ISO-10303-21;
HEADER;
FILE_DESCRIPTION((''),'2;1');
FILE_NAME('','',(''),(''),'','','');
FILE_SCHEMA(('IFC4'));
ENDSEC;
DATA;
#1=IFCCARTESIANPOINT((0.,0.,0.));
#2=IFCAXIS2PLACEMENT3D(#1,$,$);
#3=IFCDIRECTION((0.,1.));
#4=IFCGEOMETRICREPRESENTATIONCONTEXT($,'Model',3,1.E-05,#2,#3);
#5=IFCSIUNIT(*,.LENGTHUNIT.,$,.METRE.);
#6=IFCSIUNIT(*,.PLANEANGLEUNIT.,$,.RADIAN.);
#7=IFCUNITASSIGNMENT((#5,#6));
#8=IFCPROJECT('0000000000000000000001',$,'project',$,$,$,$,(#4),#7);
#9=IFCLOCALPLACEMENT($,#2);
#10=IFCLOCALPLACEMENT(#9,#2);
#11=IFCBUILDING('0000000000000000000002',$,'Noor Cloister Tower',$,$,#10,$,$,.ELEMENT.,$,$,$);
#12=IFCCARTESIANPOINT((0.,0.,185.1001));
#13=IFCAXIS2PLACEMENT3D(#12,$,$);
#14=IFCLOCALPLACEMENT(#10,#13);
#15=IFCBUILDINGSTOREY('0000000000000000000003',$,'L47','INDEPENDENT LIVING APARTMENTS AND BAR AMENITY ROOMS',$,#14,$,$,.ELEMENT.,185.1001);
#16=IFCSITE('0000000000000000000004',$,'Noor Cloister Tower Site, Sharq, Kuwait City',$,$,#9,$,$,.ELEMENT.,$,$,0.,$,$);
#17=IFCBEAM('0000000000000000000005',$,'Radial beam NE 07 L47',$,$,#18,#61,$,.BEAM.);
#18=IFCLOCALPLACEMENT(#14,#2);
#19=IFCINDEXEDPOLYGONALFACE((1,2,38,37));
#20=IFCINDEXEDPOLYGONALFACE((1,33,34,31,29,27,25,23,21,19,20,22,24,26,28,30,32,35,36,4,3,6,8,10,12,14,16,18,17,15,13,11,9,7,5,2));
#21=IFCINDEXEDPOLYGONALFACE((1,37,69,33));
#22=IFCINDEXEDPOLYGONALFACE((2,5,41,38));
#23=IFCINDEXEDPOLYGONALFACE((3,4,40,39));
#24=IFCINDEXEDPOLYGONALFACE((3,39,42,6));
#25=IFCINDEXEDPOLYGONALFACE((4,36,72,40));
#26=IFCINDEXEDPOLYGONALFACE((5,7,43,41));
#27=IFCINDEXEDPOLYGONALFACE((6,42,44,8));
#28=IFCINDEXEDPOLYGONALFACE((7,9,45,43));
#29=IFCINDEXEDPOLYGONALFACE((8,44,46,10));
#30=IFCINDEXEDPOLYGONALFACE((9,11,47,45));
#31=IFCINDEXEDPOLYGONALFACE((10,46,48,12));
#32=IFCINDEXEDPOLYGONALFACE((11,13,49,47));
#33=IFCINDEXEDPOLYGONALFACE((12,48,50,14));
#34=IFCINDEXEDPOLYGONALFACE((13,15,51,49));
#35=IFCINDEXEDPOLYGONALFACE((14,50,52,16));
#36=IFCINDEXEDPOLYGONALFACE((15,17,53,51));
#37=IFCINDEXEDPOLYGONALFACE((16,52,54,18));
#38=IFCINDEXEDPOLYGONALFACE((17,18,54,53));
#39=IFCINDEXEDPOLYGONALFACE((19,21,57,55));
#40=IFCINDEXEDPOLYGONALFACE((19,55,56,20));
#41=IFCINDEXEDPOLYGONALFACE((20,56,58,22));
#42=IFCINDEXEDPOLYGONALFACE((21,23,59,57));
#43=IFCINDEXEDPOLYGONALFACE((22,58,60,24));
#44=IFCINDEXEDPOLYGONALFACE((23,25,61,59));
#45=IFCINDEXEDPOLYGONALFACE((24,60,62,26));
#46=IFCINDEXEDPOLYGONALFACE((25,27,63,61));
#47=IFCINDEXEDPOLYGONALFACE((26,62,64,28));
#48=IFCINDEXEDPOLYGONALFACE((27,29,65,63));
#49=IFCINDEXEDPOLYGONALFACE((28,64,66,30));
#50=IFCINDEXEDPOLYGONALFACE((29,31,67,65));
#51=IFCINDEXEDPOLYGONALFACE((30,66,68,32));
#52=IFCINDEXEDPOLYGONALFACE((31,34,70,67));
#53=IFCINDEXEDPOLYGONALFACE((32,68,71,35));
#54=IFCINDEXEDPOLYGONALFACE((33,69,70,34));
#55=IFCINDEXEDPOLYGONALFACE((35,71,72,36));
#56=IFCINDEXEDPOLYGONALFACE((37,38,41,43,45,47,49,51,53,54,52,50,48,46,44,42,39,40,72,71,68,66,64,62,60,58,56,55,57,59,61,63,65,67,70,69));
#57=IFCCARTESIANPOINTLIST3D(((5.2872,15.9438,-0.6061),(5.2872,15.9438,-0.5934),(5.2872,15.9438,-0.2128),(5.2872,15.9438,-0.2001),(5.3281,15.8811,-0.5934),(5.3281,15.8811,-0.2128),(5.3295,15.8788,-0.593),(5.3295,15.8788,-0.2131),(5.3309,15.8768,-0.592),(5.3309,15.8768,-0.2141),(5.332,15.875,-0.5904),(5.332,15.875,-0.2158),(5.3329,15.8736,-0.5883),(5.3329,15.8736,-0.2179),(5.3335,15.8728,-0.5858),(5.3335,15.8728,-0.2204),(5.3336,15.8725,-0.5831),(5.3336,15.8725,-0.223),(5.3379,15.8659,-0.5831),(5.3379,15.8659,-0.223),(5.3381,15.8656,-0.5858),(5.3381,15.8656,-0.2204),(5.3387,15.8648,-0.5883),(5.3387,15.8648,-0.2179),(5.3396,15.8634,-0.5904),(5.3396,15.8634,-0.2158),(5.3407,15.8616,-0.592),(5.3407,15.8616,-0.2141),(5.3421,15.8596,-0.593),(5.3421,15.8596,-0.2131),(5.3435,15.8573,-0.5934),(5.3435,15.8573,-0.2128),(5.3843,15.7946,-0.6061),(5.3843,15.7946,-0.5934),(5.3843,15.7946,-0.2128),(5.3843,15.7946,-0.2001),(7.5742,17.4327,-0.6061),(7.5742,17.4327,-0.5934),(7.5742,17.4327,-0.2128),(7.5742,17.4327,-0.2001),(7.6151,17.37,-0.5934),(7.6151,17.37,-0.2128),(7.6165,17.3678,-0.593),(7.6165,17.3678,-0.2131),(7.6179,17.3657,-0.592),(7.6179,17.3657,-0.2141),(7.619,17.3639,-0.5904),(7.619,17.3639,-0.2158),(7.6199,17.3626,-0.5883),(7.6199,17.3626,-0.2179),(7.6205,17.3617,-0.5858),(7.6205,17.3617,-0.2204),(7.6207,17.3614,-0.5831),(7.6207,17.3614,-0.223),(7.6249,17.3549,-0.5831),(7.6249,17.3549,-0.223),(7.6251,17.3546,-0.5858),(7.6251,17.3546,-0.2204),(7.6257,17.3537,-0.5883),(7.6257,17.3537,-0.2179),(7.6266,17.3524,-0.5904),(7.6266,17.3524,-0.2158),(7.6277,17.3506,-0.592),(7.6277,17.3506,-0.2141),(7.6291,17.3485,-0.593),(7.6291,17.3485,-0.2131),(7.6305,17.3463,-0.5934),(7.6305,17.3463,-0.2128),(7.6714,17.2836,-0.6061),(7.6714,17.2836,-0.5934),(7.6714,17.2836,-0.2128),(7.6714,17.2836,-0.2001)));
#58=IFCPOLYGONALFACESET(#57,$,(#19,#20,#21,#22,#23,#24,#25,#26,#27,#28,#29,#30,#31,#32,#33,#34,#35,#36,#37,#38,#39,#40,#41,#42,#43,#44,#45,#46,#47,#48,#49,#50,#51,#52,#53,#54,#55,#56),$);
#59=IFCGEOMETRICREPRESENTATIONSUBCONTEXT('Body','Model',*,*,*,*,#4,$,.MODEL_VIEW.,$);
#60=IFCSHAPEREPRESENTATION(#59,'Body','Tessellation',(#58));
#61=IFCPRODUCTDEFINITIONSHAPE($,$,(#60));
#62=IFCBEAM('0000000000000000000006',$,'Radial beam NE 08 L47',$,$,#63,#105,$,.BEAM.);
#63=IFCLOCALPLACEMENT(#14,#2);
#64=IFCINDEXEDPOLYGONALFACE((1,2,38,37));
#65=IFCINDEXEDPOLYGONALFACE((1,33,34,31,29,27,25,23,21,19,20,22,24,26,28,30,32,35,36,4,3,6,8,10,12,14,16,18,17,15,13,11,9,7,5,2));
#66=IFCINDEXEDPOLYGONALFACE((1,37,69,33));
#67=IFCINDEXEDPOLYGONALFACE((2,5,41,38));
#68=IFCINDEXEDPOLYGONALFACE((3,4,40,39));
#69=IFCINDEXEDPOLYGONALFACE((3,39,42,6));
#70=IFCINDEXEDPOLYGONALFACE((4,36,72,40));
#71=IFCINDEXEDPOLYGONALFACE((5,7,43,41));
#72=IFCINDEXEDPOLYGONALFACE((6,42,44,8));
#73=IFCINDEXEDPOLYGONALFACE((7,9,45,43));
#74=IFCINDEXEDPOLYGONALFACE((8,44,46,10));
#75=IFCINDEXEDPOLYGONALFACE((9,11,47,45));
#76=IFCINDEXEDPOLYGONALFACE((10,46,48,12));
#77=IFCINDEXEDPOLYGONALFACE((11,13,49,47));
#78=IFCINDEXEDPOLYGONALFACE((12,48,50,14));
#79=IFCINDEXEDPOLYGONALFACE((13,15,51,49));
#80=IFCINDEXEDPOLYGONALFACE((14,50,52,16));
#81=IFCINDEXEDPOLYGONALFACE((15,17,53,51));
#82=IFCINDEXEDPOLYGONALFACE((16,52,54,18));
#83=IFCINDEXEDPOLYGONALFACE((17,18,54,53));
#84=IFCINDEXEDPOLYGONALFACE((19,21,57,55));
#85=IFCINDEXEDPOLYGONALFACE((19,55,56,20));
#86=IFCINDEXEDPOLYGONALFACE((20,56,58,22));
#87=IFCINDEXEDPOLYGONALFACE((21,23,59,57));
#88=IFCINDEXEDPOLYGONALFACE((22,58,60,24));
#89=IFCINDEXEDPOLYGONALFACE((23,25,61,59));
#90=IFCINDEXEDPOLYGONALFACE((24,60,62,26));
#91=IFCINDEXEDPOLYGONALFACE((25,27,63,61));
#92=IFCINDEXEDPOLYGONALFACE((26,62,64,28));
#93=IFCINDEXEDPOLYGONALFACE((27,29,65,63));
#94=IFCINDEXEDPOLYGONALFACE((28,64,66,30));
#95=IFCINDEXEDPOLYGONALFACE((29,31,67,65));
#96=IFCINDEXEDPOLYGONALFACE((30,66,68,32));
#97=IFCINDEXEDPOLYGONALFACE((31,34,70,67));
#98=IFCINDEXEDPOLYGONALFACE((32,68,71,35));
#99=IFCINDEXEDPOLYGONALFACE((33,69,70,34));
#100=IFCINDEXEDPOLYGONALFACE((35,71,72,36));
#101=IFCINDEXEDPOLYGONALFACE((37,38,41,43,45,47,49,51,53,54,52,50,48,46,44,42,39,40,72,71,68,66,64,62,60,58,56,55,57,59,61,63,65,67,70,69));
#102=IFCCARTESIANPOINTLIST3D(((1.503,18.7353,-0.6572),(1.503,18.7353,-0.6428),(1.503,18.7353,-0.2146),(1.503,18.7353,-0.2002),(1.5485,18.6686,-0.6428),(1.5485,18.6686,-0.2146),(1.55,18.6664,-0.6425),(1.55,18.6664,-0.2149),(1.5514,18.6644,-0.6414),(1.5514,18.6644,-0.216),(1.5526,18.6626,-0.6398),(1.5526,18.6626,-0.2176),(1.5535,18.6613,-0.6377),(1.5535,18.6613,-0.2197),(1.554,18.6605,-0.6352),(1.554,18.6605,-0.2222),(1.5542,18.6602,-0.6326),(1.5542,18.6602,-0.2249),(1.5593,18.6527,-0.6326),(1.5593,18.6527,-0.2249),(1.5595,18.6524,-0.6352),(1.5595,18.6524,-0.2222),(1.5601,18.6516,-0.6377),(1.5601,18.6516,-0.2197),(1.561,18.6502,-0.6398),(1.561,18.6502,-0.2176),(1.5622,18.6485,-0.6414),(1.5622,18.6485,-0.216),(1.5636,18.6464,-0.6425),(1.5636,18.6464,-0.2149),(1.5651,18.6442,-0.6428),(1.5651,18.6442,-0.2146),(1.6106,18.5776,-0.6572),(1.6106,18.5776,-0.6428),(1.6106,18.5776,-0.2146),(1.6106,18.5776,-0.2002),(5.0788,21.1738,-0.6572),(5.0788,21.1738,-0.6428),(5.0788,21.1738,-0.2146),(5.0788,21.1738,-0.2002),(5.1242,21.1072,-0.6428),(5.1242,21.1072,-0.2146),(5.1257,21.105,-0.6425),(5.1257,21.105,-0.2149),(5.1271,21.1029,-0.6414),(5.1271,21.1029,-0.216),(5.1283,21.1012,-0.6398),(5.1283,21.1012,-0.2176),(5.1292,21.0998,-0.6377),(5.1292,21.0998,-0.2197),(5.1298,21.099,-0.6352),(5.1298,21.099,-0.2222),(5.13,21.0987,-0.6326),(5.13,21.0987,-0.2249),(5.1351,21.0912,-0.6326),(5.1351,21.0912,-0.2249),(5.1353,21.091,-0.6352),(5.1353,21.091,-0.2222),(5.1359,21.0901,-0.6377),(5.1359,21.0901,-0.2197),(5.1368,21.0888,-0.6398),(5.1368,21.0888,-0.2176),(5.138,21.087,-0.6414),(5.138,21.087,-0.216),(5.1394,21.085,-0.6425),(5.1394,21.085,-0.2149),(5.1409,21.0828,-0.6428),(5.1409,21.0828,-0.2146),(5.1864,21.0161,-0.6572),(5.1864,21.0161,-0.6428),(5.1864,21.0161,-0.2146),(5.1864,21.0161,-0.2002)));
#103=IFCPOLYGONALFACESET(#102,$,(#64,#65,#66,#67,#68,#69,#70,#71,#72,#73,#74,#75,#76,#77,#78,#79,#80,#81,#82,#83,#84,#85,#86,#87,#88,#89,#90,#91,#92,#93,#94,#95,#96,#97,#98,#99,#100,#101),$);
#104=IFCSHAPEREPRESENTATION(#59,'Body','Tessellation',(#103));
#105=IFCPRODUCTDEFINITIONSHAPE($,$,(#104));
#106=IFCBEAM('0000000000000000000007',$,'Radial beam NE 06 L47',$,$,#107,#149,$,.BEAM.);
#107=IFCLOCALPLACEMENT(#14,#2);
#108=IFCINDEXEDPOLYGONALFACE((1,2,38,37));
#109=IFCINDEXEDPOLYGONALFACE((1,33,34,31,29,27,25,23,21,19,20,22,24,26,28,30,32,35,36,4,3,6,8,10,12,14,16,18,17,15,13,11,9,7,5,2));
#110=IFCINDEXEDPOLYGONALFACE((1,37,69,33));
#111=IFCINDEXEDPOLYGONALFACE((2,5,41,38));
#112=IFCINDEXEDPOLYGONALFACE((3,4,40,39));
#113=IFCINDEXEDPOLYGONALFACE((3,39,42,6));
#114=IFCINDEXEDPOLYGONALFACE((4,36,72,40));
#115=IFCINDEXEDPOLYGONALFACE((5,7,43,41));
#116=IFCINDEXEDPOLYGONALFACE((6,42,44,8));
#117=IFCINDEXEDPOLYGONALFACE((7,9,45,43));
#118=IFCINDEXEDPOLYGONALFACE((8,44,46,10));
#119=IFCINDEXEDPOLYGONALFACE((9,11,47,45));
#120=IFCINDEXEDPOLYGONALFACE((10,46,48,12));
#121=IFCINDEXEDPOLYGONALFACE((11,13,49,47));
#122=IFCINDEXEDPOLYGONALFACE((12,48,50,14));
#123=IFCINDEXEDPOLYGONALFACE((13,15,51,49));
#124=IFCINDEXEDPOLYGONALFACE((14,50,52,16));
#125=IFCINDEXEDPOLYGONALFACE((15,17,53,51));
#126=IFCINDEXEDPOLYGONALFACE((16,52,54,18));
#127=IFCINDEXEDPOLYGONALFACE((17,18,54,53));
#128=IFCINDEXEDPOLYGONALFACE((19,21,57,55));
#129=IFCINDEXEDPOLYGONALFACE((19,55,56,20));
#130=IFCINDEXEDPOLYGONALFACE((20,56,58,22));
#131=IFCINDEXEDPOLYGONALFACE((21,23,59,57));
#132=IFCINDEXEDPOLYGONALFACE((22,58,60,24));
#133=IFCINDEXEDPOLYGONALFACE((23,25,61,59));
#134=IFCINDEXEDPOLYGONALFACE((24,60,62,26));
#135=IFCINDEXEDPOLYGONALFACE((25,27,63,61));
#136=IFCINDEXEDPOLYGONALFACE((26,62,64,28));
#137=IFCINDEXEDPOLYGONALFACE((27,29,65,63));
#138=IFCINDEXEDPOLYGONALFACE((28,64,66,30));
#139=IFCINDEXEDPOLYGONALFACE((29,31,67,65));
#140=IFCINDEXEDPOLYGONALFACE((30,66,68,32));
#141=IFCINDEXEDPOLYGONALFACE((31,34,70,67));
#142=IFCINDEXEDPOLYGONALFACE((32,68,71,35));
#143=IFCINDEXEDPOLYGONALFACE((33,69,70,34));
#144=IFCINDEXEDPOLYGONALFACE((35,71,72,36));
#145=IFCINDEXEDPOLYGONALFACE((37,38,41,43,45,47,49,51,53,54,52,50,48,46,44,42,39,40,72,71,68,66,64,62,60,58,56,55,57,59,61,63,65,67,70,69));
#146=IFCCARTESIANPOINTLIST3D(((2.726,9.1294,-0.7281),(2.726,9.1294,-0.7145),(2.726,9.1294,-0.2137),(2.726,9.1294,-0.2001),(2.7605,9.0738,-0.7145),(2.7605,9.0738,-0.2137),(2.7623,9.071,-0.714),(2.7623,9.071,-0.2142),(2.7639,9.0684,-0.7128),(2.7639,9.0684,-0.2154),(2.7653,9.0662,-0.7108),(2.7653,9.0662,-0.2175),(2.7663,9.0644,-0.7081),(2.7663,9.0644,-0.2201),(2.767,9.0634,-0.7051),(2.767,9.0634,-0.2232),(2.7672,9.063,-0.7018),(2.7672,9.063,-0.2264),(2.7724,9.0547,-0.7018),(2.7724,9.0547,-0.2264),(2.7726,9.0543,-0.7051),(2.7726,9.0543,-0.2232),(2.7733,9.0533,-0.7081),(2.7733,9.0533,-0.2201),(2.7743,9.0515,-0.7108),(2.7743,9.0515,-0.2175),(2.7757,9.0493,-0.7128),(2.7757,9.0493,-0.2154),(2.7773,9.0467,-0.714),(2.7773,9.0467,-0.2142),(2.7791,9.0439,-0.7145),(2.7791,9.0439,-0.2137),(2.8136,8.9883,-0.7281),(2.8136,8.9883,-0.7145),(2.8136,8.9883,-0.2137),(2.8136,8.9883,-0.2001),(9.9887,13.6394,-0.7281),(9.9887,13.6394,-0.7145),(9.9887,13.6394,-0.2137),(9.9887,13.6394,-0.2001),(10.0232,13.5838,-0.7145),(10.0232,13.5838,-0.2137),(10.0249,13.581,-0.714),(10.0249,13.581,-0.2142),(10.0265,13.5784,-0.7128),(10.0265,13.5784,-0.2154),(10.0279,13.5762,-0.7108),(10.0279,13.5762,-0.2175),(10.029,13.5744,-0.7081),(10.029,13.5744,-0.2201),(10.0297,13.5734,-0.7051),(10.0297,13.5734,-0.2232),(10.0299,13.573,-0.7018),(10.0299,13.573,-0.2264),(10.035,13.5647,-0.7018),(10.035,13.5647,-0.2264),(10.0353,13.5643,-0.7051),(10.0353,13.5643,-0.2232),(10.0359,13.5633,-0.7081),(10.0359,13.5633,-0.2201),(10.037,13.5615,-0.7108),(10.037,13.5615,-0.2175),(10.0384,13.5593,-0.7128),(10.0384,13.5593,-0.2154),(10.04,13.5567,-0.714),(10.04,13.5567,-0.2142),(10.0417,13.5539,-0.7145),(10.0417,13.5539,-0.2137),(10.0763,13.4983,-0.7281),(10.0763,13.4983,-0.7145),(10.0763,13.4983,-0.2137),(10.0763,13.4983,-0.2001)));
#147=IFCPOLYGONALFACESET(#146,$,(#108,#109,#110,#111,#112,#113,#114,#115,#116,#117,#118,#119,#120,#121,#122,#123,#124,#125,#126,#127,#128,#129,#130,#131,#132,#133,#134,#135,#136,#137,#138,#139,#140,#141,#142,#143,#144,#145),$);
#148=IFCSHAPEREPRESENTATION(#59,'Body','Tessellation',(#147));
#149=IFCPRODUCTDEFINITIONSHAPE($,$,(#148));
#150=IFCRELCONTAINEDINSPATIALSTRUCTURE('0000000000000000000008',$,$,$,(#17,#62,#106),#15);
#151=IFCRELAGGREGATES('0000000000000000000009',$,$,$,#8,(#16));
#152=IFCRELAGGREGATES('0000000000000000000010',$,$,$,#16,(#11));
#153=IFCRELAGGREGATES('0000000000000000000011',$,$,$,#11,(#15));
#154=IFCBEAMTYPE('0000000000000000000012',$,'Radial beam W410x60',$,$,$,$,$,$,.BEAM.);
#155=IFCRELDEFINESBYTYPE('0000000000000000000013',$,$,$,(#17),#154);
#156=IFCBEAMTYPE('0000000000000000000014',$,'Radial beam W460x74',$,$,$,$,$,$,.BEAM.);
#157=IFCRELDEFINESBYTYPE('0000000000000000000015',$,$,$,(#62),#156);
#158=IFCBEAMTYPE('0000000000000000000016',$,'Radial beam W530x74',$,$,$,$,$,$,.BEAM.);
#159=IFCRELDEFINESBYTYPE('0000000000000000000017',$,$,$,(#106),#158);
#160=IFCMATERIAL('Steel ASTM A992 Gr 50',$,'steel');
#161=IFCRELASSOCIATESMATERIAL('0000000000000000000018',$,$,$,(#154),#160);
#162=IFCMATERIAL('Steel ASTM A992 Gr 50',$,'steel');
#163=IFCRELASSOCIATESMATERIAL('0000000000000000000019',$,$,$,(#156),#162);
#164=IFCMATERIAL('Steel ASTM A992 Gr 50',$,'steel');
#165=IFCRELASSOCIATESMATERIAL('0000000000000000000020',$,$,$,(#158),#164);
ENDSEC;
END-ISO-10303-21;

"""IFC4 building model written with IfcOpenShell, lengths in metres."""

from ifc_helpers import new_model, si_unit, direction, frame, origin, origin_2d, place, context, subcontext, project, spatial, i_section, extrude, material, material_profile, profile_set, type_object, element, save


model = new_model("IFC4")

# Units and contexts
model_context = context("Model", 3, precision=1e-05, world=origin(), true_north=direction((0.0, 1.0)))
body_context = subcontext(model_context, "Body", "Model", "MODEL_VIEW")
ifc_project = project(units=[si_unit("LENGTHUNIT", "METRE"), si_unit("PLANEANGLEUNIT", "RADIAN")], contexts=[model_context])

# Site, building, storey
site_placement = place(None, origin())
site = spatial("IfcSite", under=ifc_project, at=site_placement, Name="Noor Cloister Tower Site, Sharq, Kuwait City", CompositionType="ELEMENT", RefElevation=0.0)
building_placement = place(site_placement, origin())
building = spatial("IfcBuilding", under=site, at=building_placement, Name="Noor Cloister Tower", CompositionType="ELEMENT")
storey_placement = place(building_placement, frame((0.0, 0.0, 185.1001)))
storey = spatial("IfcBuildingStorey", under=building, at=storey_placement, Name="L47", Description="INDEPENDENT LIVING APARTMENTS AND BAR AMENITY ROOMS", CompositionType="ELEMENT", Elevation=185.1001)

# Beams
ifc_material_1 = material(Name="Steel ASTM A992 Gr 50", Category="steel")
ifc_material_profile_1 = material_profile(ifc_material_1, i_section(OverallWidth=0.178, OverallDepth=0.406, WebThickness=0.0078, FlangeThickness=0.0127, FilletRadius=0.0103, at=origin_2d()), Name="W410x60")
ifc_profile_set_1 = profile_set([ifc_material_profile_1], Name="Steel ASTM A992 Gr 50")
beam_type_1 = type_object("IfcBeamType", Name="Radial beam W410x60", PredefinedType="BEAM", material=ifc_profile_set_1)
beam_1_placement = place(storey_placement, frame((7.6228, 17.3582, -0.4031), z_axis=(-0.838043, -0.545605, 0.0), x_axis=(0.545605, -0.838043, 0.0)))
element("IfcBeam", 1, at=beam_1_placement, inside=storey, type_object=beam_type_1, Name="Radial beam NE 07 L47", PredefinedType="BEAM", context=body_context, shape_type="SweptSolid", body=[
    extrude(i_section(OverallWidth=0.178, OverallDepth=0.406, WebThickness=0.0078, FlangeThickness=0.0127, FilletRadius=0.0103, at=origin_2d()), origin(), (0.0, 0.0, 1.0), 2.729),
])
ifc_material_2 = material(Name="Steel ASTM A992 Gr 50", Category="steel")
ifc_material_profile_2 = material_profile(ifc_material_2, i_section(OverallWidth=0.1909, OverallDepth=0.457, WebThickness=0.009, FlangeThickness=0.0144, FilletRadius=0.0103, at=origin_2d()), Name="W460x74")
ifc_profile_set_2 = profile_set([ifc_material_profile_2], Name="Steel ASTM A992 Gr 50")
beam_type_2 = type_object("IfcBeamType", Name="Radial beam W460x74", PredefinedType="BEAM", material=ifc_profile_set_2)
beam_2_placement = place(storey_placement, frame((5.1326, 21.095, -0.4287), z_axis=(-0.826172, -0.563417, 0.0), x_axis=(0.563417, -0.826172, 0.0)))
element("IfcBeam", 2, at=beam_2_placement, inside=storey, type_object=beam_type_2, Name="Radial beam NE 08 L47", PredefinedType="BEAM", context=body_context, shape_type="SweptSolid", body=[
    extrude(i_section(OverallWidth=0.1909, OverallDepth=0.457, WebThickness=0.009, FlangeThickness=0.0144, FilletRadius=0.0103, at=origin_2d()), origin(), (0.0, 0.0, 1.0), 4.3281),
])
ifc_material_3 = material(Name="Steel ASTM A992 Gr 50", Category="steel")
ifc_material_profile_3 = material_profile(ifc_material_3, i_section(OverallWidth=0.166, OverallDepth=0.5281, WebThickness=0.0098, FlangeThickness=0.0137, FilletRadius=0.0127, at=origin_2d()), Name="W530x74")
ifc_profile_set_3 = profile_set([ifc_material_profile_3], Name="Steel ASTM A992 Gr 50")
beam_type_3 = type_object("IfcBeamType", Name="Radial beam W530x74", PredefinedType="BEAM", material=ifc_profile_set_3)
beam_3_placement = place(storey_placement, frame((10.0325, 13.5688, -0.4641), z_axis=(-0.849529, -0.527543, 0.0), x_axis=(0.527543, -0.849529, 0.0)))
element("IfcBeam", 3, at=beam_3_placement, inside=storey, type_object=beam_type_3, Name="Radial beam NE 06 L47", PredefinedType="BEAM", context=body_context, shape_type="SweptSolid", body=[
    extrude(i_section(OverallWidth=0.166, OverallDepth=0.5281, WebThickness=0.0098, FlangeThickness=0.0137, FilletRadius=0.0127, at=origin_2d()), origin(), (0.0, 0.0, 1.0), 8.5491),
])

save(model, "model.ifc")
